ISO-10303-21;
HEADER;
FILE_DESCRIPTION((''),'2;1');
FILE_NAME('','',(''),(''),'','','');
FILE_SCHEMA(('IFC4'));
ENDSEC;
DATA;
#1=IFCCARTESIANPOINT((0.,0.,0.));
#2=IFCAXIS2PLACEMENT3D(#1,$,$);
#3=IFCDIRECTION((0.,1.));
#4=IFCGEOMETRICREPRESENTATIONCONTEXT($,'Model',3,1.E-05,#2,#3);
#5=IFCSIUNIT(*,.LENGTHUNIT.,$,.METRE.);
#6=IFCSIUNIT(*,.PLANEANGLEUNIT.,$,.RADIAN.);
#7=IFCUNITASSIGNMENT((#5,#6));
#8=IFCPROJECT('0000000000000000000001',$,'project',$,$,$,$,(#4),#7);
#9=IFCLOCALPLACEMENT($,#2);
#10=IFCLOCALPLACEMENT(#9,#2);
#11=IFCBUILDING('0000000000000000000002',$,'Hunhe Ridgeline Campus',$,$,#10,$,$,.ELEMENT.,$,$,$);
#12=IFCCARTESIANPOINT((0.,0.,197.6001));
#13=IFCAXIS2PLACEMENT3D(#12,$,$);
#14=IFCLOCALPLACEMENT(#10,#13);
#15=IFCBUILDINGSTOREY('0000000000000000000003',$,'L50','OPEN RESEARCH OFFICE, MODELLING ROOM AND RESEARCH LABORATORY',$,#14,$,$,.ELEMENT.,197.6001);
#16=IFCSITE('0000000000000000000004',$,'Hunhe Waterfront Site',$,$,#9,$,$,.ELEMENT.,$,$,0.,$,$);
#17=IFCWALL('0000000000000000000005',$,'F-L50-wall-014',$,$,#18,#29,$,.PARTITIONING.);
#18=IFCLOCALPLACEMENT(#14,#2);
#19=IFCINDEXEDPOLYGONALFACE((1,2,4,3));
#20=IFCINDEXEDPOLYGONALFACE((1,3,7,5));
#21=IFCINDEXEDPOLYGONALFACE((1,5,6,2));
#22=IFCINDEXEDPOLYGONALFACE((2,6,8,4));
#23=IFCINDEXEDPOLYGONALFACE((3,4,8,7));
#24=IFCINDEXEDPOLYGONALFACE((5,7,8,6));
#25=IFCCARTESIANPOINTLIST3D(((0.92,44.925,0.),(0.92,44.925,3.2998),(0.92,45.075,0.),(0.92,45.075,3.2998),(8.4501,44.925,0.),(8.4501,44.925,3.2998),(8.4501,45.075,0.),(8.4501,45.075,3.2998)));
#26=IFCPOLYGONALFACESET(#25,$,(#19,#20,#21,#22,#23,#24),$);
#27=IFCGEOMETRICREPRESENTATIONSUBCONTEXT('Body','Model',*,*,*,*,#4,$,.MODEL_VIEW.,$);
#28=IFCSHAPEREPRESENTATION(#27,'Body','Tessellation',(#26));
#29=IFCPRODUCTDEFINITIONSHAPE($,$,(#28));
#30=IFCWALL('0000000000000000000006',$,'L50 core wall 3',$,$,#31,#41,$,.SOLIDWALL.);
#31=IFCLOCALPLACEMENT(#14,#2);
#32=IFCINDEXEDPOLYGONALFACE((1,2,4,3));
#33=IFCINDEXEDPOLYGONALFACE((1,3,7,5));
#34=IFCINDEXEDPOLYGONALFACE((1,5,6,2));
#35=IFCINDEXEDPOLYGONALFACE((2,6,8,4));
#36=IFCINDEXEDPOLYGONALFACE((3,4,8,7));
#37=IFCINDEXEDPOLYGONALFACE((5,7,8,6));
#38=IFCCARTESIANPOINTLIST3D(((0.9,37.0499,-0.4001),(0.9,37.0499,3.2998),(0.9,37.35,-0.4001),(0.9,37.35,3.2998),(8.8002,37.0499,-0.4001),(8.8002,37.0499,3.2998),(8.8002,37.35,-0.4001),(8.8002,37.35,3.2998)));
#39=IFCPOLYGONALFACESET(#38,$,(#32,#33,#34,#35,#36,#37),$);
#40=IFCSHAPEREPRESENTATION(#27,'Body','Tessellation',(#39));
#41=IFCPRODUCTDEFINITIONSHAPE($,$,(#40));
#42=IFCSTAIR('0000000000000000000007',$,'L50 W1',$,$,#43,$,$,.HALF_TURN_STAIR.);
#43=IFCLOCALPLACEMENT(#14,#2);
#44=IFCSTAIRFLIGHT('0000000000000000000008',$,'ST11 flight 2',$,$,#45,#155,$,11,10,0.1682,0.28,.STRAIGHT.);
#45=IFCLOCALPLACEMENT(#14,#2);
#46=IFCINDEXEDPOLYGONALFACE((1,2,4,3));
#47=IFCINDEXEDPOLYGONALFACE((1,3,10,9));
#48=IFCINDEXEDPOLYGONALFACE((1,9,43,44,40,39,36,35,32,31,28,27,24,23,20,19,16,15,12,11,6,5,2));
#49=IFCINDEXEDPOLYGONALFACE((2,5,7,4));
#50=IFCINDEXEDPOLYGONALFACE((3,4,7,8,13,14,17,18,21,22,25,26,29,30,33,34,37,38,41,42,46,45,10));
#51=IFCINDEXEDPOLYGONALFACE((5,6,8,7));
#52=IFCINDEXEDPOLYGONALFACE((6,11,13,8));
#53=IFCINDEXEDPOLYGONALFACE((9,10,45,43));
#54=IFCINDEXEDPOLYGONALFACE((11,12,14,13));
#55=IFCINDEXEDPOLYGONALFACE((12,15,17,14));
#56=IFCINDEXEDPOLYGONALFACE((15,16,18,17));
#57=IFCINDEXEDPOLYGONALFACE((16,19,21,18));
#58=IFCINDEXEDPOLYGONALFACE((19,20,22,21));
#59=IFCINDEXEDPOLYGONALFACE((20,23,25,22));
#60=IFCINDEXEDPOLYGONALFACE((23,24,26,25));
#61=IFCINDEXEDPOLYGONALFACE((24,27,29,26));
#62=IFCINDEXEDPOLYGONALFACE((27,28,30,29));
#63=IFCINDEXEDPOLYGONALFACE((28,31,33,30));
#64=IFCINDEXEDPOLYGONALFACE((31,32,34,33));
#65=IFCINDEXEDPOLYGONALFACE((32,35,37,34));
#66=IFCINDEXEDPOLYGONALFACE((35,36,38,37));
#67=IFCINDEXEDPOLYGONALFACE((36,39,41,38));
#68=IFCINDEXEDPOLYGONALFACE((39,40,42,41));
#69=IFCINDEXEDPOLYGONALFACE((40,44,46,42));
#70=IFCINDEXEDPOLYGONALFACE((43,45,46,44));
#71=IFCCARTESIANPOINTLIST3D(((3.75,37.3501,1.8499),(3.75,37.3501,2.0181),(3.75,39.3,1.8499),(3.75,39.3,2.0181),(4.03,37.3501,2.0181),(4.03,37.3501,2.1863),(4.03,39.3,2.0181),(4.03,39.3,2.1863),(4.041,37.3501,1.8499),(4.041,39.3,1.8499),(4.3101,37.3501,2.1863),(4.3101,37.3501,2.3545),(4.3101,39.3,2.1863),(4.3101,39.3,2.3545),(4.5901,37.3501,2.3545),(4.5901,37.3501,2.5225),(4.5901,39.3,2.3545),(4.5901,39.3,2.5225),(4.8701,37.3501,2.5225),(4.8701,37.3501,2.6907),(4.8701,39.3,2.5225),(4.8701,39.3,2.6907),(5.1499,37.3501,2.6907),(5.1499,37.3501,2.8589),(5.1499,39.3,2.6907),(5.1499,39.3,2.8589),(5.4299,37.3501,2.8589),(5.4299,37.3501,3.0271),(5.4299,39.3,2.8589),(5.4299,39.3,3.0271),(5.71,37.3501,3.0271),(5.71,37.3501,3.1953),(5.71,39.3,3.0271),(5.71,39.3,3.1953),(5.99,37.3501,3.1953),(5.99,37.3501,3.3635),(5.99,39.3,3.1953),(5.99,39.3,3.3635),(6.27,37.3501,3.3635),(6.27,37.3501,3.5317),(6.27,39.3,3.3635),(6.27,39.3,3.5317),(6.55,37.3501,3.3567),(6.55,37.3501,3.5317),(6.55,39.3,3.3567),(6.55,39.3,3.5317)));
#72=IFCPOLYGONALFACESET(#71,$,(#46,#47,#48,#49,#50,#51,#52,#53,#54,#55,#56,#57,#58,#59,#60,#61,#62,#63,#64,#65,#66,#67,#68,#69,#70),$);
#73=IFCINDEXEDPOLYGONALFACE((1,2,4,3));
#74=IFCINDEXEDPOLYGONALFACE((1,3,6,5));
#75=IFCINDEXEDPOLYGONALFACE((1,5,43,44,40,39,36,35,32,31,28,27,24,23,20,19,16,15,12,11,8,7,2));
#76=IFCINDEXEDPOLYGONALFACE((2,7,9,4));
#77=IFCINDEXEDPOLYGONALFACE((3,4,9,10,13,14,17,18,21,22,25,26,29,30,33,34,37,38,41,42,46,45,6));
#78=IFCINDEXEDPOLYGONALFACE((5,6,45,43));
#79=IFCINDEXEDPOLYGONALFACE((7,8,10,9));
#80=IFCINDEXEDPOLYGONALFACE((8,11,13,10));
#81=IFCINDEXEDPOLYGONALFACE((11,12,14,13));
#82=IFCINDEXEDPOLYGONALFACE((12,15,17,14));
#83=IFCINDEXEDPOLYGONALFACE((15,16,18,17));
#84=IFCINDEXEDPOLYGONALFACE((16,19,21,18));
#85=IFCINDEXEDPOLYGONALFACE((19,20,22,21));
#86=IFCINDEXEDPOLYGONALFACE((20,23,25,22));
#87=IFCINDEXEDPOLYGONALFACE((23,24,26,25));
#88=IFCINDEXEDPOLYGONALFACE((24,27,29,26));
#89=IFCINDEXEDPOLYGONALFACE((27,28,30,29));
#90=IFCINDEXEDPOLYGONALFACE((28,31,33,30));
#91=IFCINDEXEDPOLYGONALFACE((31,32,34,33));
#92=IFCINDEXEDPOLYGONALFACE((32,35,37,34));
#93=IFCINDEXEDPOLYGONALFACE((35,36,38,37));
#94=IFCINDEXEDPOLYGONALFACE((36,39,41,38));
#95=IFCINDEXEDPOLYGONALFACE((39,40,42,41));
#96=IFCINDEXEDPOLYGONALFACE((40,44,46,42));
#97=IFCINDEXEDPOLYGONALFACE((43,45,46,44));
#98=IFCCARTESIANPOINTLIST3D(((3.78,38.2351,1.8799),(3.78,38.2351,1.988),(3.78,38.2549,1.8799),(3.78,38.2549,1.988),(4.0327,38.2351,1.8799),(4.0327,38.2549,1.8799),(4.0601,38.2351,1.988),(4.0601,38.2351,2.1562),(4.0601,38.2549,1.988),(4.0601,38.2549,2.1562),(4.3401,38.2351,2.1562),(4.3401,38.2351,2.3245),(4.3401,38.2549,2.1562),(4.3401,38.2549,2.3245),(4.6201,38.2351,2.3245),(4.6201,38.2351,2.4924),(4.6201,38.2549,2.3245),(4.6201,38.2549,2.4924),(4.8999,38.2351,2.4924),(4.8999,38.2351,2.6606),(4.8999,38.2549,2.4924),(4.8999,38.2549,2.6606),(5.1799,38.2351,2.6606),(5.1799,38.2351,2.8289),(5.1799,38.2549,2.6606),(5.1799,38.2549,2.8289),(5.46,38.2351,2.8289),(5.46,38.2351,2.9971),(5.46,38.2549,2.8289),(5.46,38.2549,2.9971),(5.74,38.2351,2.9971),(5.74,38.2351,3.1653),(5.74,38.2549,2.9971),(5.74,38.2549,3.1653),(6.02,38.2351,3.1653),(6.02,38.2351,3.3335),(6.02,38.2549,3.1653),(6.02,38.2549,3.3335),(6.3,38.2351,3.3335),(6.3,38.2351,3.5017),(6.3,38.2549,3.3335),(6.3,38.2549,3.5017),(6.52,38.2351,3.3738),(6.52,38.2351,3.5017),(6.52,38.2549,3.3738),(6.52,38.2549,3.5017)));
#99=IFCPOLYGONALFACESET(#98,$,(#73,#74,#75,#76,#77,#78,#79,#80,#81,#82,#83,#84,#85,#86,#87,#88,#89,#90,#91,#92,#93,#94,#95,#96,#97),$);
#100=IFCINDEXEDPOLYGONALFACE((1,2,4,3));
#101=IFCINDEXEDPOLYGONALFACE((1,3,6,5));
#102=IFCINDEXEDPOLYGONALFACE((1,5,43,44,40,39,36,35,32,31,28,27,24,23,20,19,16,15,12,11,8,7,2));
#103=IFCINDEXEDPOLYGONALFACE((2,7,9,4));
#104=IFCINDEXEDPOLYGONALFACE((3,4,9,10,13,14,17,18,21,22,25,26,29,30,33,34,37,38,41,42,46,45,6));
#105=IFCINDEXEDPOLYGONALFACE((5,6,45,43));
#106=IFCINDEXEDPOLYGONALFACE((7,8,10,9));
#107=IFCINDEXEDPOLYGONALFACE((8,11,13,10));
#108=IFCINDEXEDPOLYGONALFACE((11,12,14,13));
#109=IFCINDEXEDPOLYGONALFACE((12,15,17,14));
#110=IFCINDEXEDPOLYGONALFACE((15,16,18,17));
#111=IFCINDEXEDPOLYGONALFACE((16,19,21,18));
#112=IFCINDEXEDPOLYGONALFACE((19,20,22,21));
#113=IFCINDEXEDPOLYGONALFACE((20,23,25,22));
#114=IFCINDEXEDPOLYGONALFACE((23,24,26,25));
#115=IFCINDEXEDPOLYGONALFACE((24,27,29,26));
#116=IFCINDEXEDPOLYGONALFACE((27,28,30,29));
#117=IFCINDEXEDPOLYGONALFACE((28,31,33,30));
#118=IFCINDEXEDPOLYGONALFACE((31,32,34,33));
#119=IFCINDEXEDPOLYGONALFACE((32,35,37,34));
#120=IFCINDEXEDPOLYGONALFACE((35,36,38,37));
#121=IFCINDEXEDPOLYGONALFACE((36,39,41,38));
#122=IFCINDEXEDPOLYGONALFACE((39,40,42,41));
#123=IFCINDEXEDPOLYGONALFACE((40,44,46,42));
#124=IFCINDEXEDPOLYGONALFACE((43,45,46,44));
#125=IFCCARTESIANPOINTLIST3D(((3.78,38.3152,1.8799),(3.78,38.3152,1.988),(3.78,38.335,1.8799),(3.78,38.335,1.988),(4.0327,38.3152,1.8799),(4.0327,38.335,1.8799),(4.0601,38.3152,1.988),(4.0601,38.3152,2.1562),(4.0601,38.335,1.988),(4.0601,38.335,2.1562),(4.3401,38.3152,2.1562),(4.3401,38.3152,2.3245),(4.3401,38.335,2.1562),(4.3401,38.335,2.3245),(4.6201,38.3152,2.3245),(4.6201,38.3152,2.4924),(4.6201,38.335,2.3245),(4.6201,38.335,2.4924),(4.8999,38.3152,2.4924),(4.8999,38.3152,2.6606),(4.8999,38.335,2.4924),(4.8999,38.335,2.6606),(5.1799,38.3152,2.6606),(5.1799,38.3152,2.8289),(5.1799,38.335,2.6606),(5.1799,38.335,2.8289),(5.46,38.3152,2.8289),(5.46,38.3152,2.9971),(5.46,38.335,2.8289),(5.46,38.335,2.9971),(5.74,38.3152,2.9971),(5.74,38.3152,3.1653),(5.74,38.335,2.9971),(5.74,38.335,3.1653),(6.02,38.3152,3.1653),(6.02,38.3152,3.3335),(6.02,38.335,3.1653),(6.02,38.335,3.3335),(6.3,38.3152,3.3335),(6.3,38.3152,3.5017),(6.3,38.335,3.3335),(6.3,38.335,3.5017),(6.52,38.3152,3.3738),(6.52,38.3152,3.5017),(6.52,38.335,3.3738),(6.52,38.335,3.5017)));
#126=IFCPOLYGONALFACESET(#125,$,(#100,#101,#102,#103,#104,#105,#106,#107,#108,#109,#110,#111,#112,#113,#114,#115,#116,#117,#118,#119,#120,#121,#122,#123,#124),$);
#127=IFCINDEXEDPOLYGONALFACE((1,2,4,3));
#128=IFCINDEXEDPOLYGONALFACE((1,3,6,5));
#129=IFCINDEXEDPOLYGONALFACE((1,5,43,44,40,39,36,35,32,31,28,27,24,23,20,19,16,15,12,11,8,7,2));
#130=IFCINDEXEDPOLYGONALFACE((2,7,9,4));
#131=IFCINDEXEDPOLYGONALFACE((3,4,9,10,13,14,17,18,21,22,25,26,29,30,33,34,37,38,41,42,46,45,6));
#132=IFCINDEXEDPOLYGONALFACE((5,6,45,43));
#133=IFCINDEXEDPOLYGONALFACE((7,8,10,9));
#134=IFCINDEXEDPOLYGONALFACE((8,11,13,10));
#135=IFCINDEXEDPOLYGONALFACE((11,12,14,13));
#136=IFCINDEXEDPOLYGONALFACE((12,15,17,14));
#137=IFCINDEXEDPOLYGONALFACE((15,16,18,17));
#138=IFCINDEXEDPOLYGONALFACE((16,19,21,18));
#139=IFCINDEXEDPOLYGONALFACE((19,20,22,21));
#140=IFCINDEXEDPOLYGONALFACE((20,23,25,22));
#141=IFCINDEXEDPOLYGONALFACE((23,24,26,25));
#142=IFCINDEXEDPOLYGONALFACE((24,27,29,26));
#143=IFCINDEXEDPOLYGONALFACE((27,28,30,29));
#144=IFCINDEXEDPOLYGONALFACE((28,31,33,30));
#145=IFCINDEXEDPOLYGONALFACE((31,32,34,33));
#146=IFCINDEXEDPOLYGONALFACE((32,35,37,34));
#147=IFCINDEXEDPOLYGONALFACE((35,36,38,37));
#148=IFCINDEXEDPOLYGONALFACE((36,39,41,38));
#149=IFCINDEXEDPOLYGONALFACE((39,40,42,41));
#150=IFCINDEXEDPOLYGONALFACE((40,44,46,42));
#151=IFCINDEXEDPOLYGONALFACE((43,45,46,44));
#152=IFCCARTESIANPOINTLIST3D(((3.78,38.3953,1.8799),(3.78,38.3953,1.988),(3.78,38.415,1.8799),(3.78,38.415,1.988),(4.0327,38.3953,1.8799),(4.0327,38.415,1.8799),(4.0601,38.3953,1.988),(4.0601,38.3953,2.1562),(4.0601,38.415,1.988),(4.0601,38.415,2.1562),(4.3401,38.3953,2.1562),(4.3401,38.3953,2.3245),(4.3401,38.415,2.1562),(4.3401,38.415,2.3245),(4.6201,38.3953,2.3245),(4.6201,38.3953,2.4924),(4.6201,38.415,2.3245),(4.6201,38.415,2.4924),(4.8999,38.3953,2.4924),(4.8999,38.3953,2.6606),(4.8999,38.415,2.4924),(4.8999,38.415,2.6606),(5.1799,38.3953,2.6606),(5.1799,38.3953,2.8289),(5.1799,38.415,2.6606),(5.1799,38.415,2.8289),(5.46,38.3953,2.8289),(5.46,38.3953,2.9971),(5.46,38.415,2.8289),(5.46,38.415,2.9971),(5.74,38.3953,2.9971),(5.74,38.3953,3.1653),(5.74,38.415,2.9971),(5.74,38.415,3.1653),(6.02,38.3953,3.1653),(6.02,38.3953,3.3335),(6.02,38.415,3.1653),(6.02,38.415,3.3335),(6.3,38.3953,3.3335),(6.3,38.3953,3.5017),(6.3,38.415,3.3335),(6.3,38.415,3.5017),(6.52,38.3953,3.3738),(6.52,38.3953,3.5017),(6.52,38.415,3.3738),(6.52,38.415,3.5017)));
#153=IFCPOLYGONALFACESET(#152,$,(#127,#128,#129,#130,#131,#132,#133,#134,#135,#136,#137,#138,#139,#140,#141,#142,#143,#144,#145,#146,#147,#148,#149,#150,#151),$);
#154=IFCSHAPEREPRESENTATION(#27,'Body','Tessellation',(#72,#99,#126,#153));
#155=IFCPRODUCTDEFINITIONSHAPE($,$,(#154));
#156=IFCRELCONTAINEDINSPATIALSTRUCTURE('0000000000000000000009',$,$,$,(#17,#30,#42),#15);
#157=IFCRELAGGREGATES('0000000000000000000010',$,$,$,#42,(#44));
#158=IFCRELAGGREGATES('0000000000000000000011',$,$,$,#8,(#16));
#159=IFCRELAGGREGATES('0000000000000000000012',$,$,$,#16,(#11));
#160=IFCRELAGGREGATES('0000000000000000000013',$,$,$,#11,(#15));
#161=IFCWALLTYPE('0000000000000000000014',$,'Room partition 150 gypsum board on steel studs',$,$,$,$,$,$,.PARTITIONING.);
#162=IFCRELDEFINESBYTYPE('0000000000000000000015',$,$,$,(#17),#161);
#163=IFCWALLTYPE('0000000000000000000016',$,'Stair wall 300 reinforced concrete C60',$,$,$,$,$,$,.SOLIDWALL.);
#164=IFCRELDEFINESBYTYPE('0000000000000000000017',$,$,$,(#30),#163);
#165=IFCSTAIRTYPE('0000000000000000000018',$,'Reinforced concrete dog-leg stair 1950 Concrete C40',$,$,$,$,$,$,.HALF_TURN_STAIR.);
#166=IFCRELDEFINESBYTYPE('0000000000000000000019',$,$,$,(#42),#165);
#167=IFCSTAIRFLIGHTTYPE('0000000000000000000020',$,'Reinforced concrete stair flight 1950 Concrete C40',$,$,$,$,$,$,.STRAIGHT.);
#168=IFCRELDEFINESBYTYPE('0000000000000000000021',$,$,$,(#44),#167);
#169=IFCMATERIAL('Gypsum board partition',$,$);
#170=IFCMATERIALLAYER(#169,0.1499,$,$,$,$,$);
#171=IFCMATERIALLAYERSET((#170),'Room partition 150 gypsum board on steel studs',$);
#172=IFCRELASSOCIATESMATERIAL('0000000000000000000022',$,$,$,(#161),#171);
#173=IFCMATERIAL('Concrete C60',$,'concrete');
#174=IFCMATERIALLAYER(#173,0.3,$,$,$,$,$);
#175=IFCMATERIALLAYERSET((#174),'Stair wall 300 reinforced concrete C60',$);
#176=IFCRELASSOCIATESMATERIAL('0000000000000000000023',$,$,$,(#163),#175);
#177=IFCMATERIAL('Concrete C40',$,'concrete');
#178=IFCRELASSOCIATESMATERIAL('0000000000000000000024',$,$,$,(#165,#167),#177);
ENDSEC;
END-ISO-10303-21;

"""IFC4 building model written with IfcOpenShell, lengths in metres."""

from ifc_helpers import new_model, si_unit, direction, frame, frame_2d, origin, place, context, subcontext, project, spatial, polyline, rectangle, outline, extrude, material, layer, layer_set, type_object, element, aggregate, save


model = new_model("IFC4")

# Units and contexts
model_context = context("Model", 3, precision=1e-05, world=origin(), true_north=direction((0.0, 1.0)))
body_context = subcontext(model_context, "Body", "Model", "MODEL_VIEW")
ifc_project = project(units=[si_unit("LENGTHUNIT", "METRE"), si_unit("PLANEANGLEUNIT", "RADIAN")], contexts=[model_context])

# Site, building, storey
site_placement = place(None, origin())
site = spatial("IfcSite", under=ifc_project, at=site_placement, Name="Hunhe Waterfront Site", CompositionType="ELEMENT", RefElevation=0.0)
building_placement = place(site_placement, origin())
building = spatial("IfcBuilding", under=site, at=building_placement, Name="Hunhe Ridgeline Campus", CompositionType="ELEMENT")
storey_placement = place(building_placement, frame((0.0, 0.0, 197.6001)))
storey = spatial("IfcBuildingStorey", under=building, at=storey_placement, Name="L50", Description="OPEN RESEARCH OFFICE, MODELLING ROOM AND RESEARCH LABORATORY", CompositionType="ELEMENT", Elevation=197.6001)

# Shared definitions
ifc_material_1 = material(Name="Concrete C60", Category="concrete")

# Walls
ifc_material_2 = material(Name="Gypsum board partition")
ifc_layer_1 = layer(ifc_material_2, 0.1499)
ifc_layer_set_1 = layer_set([ifc_layer_1], Name="Room partition 150 gypsum board on steel studs")
wall_type_1 = type_object("IfcWallType", Name="Room partition 150 gypsum board on steel studs", PredefinedType="PARTITIONING", material=ifc_layer_set_1)
wall_1_placement = place(storey_placement, frame((0.9199, 45.0, 0.0), z_axis=(0.0, 0.0, 1.0), x_axis=(1.0, 0.0, 0.0)))
element("IfcWall", 1, at=wall_1_placement, inside=storey, type_object=wall_type_1, Name="F-L50-wall-014", PredefinedType="PARTITIONING", context=body_context, shape_type="SweptSolid", body=[
    extrude(rectangle(XDim=7.53, YDim=0.1499, at=frame_2d((3.7651, 0.0))), origin(), (0.0, 0.0, 1.0), 3.2998),
])
ifc_layer_2 = layer(ifc_material_1, 0.3)
ifc_layer_set_2 = layer_set([ifc_layer_2], Name="Stair wall 300 reinforced concrete C60")
wall_type_2 = type_object("IfcWallType", Name="Stair wall 300 reinforced concrete C60", PredefinedType="SOLIDWALL", material=ifc_layer_set_2)
wall_2_placement = place(storey_placement, frame((0.8999, 37.2, -0.4001), z_axis=(0.0, 0.0, 1.0), x_axis=(1.0, 0.0, 0.0)))
element("IfcWall", 2, at=wall_2_placement, inside=storey, type_object=wall_type_2, Name="L50 core wall 3", PredefinedType="SOLIDWALL", context=body_context, shape_type="SweptSolid", body=[
    extrude(rectangle(XDim=7.9001, YDim=0.3, at=frame_2d((3.9502, 0.0))), origin(), (0.0, 0.0, 1.0), 3.7),
])

# Stair, stair flight
ifc_material_3 = material(Name="Concrete C40", Category="concrete")
stair_type = type_object("IfcStairType", Name="Reinforced concrete dog-leg stair 1950 Concrete C40", PredefinedType="HALF_TURN_STAIR", material=ifc_material_3)
stair_placement = place(storey_placement, origin())
stair = element("IfcStair", 3, at=stair_placement, inside=storey, type_object=stair_type, Name="L50 W1", PredefinedType="HALF_TURN_STAIR")
stair_flight_type = type_object("IfcStairFlightType", Name="Reinforced concrete stair flight 1950 Concrete C40", PredefinedType="STRAIGHT", material=ifc_material_3)
stair_flight_placement = place(storey_placement, frame((3.75, 38.325, 1.8499), z_axis=(0.0, 0.0, 1.0), x_axis=(1.0, 0.0, 0.0)))
stair_flight = element("IfcStairFlight", 4, at=stair_flight_placement, type_object=stair_flight_type, Name="ST11 flight 2", NumberOfRisers=11, NumberOfTreads=10, PredefinedType="STRAIGHT", RiserHeight=0.1682, TreadLength=0.28, context=body_context, shape_type="SweptSolid", body=[
    extrude(outline(polyline([(0.0, 0.0), (0.0, 0.1682), (0.28, 0.1682), (0.28, 0.3364), (0.5601, 0.3364), (0.5601, 0.5046), (0.8401, 0.5046), (0.8401, 0.6726), (1.1201, 0.6726), (1.1201, 0.8408), (1.3999, 0.8408), (1.3999, 1.009), (1.6799, 1.009), (1.6799, 1.1772), (1.96, 1.1772), (1.96, 1.3455), (2.24, 1.3455), (2.24, 1.5137), (2.52, 1.5137), (2.52, 1.6819), (2.8, 1.6819), (2.8, 1.8501), (2.8, 1.5068), (0.291, 0.0), (0.0, 0.0)])), frame((0.0, 0.9751, 0.0), z_axis=(0.0, -1.0, 0.0), x_axis=(1.0, 0.0, 0.0)), (0.0, 0.0, 1.0), 1.95),
    extrude(outline(polyline([(0.03, 0.03), (0.03, 0.1382), (0.3101, 0.1382), (0.3101, 0.3064), (0.5901, 0.3064), (0.5901, 0.4746), (0.8701, 0.4746), (0.8701, 0.6426), (1.1499, 0.6426), (1.1499, 0.8108), (1.4299, 0.8108), (1.4299, 0.979), (1.71, 0.979), (1.71, 1.1472), (1.99, 1.1472), (1.99, 1.3154), (2.27, 1.3154), (2.27, 1.4836), (2.55, 1.4836), (2.55, 1.6519), (2.77, 1.6519), (2.77, 1.5239), (0.2827, 0.03), (0.03, 0.03)])), frame((0.0, -0.0701, 0.0), z_axis=(0.0, -1.0, 0.0), x_axis=(1.0, 0.0, 0.0)), (0.0, 0.0, 1.0), 0.0198),
    extrude(outline(polyline([(0.03, 0.03), (0.03, 0.1382), (0.3101, 0.1382), (0.3101, 0.3064), (0.5901, 0.3064), (0.5901, 0.4746), (0.8701, 0.4746), (0.8701, 0.6426), (1.1499, 0.6426), (1.1499, 0.8108), (1.4299, 0.8108), (1.4299, 0.979), (1.71, 0.979), (1.71, 1.1472), (1.99, 1.1472), (1.99, 1.3154), (2.27, 1.3154), (2.27, 1.4836), (2.55, 1.4836), (2.55, 1.6519), (2.77, 1.6519), (2.77, 1.5239), (0.2827, 0.03), (0.03, 0.03)])), frame((0.0, 0.01, 0.0), z_axis=(0.0, -1.0, 0.0), x_axis=(1.0, 0.0, 0.0)), (0.0, 0.0, 1.0), 0.0198),
    extrude(outline(polyline([(0.03, 0.03), (0.03, 0.1382), (0.3101, 0.1382), (0.3101, 0.3064), (0.5901, 0.3064), (0.5901, 0.4746), (0.8701, 0.4746), (0.8701, 0.6426), (1.1499, 0.6426), (1.1499, 0.8108), (1.4299, 0.8108), (1.4299, 0.979), (1.71, 0.979), (1.71, 1.1472), (1.99, 1.1472), (1.99, 1.3154), (2.27, 1.3154), (2.27, 1.4836), (2.55, 1.4836), (2.55, 1.6519), (2.77, 1.6519), (2.77, 1.5239), (0.2827, 0.03), (0.03, 0.03)])), frame((0.0, 0.0901, 0.0), z_axis=(0.0, -1.0, 0.0), x_axis=(1.0, 0.0, 0.0)), (0.0, 0.0, 1.0), 0.0198),
])
aggregate(stair, [stair_flight])

save(model, "model.ifc")
